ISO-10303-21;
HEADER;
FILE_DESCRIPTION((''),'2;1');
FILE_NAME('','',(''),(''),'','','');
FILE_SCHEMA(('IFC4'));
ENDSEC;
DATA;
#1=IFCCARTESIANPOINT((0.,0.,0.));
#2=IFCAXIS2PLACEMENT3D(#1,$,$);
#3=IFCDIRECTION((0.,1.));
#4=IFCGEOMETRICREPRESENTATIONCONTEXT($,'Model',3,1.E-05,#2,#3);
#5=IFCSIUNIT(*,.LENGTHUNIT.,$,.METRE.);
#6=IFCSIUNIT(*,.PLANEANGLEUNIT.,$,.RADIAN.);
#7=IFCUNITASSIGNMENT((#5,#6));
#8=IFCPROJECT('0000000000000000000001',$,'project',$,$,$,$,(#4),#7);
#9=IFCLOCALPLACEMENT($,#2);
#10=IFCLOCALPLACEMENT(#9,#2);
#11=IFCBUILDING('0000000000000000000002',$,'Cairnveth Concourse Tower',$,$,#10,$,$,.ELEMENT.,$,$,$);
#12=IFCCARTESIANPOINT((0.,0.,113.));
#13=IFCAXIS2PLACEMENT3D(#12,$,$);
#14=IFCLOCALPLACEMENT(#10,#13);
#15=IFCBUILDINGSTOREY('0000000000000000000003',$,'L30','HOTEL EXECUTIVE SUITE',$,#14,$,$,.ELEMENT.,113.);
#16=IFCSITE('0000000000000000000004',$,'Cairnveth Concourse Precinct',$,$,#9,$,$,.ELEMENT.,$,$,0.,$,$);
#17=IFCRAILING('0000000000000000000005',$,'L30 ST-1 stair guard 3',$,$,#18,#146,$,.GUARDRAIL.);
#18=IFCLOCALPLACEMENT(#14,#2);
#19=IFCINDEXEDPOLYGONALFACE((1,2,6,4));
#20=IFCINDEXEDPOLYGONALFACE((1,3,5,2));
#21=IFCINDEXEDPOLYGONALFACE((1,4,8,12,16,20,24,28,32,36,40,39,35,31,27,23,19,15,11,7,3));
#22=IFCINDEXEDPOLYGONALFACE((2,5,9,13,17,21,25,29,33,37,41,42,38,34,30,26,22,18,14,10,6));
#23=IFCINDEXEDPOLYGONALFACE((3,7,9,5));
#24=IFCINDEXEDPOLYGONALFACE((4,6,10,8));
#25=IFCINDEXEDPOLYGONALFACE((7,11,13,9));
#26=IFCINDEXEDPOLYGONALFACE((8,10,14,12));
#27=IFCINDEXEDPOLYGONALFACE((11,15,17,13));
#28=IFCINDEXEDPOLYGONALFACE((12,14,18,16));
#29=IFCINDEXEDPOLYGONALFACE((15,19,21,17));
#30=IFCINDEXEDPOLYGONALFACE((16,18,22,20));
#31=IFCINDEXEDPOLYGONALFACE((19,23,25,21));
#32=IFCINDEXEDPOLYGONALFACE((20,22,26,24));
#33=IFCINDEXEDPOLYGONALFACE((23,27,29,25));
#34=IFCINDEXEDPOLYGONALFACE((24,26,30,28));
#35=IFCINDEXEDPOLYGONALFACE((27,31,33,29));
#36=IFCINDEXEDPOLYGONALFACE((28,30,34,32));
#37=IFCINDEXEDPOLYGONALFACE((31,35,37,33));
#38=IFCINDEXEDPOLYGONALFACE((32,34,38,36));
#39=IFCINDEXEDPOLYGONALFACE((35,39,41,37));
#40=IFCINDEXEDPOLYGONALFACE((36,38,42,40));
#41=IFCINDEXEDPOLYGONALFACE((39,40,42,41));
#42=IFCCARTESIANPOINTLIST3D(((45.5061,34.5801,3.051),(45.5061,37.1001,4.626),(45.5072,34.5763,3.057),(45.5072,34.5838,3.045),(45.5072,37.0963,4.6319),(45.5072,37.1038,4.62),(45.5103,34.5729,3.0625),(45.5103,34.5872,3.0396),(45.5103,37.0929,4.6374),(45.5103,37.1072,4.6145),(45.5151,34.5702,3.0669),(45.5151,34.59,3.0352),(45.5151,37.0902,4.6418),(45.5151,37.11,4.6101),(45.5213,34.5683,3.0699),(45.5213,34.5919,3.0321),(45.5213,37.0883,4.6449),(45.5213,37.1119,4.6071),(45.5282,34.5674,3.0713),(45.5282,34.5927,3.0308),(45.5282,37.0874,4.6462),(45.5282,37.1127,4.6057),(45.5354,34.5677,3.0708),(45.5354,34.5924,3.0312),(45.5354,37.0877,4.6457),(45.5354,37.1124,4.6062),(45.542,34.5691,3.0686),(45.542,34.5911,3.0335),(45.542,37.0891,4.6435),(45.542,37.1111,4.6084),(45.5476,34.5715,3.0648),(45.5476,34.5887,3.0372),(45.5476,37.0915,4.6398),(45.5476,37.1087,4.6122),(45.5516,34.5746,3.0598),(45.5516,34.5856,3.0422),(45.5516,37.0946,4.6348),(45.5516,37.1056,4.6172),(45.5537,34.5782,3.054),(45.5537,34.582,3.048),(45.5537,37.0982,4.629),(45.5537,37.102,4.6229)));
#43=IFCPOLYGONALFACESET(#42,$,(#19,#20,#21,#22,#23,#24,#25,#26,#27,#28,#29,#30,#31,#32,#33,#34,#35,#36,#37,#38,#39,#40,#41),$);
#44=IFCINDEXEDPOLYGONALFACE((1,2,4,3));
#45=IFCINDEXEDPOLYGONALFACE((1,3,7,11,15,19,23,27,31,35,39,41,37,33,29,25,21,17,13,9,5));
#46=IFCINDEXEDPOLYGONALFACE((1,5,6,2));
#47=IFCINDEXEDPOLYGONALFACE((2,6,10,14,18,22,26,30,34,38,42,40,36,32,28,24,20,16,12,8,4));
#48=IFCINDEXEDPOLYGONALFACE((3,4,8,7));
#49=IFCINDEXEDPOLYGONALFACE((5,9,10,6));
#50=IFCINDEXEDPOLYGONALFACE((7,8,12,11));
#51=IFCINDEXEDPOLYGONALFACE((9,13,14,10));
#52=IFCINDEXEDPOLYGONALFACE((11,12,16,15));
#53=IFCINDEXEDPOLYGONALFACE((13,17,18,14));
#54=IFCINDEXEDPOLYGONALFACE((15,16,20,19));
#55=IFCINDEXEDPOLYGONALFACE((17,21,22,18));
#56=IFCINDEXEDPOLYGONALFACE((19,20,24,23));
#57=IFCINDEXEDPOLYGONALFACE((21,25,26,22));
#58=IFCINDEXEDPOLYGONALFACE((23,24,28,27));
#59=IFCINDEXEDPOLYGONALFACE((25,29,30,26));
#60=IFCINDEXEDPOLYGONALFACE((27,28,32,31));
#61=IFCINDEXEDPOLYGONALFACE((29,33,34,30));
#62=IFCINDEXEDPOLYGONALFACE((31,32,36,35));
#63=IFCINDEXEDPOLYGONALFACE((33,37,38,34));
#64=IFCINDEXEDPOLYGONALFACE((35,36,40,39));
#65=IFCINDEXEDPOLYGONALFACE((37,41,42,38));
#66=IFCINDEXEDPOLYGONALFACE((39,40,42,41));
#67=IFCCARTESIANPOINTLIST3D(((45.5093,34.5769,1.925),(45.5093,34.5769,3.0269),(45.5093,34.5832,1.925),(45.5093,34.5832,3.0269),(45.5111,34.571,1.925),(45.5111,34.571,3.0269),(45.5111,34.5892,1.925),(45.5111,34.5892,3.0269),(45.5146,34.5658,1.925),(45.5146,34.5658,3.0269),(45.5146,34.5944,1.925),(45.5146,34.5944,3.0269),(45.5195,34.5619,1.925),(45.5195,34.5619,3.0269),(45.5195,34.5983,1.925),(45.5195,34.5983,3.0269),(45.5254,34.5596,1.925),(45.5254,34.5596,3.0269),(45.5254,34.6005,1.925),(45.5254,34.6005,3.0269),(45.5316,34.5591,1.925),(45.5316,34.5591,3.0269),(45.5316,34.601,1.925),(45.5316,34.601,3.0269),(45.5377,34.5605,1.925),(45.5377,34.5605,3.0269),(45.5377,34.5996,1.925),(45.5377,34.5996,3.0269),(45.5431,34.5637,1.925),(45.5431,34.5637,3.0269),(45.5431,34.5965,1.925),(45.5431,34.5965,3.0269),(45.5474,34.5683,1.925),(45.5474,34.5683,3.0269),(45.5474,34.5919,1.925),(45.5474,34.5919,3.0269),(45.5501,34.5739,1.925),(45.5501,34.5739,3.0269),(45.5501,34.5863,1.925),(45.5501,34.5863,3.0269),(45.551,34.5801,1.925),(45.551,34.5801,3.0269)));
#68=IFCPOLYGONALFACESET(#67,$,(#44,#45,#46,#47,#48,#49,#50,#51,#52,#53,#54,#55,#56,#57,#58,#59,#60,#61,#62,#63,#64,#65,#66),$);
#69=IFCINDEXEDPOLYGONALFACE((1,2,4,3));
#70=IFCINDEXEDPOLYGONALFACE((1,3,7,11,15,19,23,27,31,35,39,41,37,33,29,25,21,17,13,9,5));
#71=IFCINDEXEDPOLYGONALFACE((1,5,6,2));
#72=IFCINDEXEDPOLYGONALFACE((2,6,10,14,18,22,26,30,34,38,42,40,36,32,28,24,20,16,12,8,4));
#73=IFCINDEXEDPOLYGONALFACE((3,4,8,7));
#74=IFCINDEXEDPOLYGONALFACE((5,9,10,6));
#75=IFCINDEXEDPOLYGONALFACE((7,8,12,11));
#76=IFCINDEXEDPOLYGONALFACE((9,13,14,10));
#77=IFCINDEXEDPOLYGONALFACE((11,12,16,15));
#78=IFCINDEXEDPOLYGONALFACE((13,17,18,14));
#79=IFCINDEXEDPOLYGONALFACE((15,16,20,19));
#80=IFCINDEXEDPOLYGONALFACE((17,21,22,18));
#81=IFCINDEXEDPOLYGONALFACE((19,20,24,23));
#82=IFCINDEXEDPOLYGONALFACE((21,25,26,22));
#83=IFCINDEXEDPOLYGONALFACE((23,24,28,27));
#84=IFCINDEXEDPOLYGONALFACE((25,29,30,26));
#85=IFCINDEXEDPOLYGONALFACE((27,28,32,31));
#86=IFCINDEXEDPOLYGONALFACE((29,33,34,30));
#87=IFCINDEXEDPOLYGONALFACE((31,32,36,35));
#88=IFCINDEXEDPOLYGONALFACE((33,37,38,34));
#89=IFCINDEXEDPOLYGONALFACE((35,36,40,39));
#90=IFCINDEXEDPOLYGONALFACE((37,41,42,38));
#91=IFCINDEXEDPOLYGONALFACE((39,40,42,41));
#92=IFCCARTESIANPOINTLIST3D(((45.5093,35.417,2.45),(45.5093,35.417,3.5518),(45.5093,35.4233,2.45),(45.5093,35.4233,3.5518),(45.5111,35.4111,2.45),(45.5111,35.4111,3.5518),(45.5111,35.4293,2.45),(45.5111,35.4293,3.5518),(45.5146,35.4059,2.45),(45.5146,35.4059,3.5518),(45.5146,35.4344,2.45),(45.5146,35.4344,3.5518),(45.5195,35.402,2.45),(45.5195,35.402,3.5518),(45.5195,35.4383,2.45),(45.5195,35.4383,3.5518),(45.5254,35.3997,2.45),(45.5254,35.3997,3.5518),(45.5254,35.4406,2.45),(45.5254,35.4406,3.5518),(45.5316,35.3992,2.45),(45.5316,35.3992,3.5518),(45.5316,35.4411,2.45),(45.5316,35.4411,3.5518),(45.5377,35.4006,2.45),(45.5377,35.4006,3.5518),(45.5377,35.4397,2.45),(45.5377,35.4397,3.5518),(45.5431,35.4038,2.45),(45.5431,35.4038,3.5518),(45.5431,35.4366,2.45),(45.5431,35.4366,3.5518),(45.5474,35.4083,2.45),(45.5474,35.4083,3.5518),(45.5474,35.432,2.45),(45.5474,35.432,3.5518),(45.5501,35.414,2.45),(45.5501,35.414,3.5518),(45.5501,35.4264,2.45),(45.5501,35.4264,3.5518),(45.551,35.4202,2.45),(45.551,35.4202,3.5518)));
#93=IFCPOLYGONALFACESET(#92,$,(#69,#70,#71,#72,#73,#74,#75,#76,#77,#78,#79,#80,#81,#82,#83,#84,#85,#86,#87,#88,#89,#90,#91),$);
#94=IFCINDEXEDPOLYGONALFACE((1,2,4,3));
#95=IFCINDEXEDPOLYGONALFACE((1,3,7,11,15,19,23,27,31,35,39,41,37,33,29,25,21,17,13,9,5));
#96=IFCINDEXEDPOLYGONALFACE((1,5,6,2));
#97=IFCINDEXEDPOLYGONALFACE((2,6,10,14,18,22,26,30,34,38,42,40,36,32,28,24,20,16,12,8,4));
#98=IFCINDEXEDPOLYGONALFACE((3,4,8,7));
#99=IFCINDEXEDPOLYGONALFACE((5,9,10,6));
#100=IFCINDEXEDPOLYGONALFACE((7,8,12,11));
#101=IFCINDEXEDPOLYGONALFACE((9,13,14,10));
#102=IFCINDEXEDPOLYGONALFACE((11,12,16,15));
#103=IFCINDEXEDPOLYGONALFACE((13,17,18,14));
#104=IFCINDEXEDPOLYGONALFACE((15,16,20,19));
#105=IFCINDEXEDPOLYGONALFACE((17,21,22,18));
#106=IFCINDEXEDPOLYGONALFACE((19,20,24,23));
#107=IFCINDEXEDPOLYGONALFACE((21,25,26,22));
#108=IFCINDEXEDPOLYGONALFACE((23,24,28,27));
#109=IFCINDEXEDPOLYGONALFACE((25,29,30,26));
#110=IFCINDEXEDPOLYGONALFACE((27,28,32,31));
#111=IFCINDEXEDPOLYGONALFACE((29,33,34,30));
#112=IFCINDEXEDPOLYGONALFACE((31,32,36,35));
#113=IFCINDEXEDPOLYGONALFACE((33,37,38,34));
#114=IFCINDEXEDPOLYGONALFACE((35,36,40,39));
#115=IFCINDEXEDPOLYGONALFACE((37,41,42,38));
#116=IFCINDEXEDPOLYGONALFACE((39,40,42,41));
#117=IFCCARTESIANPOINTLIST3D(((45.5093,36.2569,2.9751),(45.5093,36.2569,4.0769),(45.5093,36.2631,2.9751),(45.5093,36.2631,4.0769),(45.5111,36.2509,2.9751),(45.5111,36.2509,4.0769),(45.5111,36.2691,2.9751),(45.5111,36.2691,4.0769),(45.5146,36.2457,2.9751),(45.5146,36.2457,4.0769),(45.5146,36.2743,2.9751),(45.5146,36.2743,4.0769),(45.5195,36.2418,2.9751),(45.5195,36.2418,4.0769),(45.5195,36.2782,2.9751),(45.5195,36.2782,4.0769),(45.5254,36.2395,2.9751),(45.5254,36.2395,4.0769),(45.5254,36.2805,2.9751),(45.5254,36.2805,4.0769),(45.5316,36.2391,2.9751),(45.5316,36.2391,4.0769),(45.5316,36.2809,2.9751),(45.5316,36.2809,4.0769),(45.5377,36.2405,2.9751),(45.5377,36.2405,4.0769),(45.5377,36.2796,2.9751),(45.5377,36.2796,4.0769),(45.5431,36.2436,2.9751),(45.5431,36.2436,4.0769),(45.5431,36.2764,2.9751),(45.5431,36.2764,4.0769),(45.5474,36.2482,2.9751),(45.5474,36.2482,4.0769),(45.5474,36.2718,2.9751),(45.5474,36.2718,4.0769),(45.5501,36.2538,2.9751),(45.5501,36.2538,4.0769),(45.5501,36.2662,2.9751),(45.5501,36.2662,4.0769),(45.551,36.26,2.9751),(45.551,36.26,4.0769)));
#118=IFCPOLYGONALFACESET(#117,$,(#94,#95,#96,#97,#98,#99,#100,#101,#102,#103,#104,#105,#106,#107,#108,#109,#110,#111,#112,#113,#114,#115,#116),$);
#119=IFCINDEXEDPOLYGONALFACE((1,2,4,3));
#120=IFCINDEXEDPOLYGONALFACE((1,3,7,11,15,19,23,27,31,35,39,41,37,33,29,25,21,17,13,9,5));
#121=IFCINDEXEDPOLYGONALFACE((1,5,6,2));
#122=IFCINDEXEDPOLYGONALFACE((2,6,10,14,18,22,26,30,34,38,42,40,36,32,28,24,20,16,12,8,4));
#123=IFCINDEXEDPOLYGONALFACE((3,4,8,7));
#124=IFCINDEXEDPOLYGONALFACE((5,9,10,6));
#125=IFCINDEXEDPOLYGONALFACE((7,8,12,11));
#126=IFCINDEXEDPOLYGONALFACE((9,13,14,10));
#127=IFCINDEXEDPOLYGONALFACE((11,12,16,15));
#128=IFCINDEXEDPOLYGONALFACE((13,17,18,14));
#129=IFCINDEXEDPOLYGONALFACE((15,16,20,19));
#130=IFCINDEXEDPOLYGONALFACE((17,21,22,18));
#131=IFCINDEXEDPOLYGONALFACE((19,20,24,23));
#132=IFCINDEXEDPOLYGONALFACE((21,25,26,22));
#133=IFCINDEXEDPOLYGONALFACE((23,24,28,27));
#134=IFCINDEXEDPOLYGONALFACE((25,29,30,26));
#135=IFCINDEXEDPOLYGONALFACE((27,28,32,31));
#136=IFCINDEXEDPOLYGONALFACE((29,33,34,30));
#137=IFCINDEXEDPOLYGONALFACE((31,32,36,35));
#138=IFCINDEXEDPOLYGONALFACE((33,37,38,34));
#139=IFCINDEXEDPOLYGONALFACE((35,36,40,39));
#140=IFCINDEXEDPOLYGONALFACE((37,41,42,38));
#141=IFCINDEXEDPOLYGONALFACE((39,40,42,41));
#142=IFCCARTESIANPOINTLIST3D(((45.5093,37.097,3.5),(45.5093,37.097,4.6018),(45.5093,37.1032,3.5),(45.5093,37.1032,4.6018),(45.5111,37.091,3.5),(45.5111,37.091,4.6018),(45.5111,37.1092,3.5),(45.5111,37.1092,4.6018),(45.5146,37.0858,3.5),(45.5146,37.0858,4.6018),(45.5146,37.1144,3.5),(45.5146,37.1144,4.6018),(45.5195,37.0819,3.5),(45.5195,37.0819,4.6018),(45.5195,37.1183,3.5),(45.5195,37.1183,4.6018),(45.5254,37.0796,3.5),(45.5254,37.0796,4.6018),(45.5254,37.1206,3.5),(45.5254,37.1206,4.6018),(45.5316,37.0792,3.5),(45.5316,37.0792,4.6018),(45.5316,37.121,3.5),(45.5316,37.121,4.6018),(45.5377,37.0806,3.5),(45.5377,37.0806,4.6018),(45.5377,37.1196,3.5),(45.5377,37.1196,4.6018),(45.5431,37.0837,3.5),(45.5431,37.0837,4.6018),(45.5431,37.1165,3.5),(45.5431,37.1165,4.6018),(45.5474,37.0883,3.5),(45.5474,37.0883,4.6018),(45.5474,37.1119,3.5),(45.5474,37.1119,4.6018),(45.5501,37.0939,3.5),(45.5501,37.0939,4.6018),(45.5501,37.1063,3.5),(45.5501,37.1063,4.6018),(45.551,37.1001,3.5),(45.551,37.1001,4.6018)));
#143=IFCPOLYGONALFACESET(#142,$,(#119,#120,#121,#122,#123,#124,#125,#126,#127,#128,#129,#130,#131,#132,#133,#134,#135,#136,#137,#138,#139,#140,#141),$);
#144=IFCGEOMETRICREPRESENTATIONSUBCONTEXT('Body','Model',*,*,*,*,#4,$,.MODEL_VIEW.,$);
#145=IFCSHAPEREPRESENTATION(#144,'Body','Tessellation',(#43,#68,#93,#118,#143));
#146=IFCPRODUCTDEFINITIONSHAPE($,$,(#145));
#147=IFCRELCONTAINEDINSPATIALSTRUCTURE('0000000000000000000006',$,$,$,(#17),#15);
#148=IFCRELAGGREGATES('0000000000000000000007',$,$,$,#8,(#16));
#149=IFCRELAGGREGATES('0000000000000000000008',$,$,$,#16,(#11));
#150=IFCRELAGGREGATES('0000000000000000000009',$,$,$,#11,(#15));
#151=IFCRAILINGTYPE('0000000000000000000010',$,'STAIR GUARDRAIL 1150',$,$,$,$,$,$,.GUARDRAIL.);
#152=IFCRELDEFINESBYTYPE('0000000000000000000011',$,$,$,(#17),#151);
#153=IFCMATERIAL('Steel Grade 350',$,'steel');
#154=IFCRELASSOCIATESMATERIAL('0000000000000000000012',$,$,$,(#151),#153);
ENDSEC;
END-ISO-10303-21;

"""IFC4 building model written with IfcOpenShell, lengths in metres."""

from ifc_helpers import new_model, si_unit, direction, frame, origin, origin_2d, place, context, subcontext, project, spatial, circle, extrude, material, type_object, element, save


model = new_model("IFC4")

# Units and contexts
model_context = context("Model", 3, precision=1e-05, world=origin(), true_north=direction((0.0, 1.0)))
body_context = subcontext(model_context, "Body", "Model", "MODEL_VIEW")
ifc_project = project(units=[si_unit("LENGTHUNIT", "METRE"), si_unit("PLANEANGLEUNIT", "RADIAN")], contexts=[model_context])

# Site, building, storey
site_placement = place(None, origin())
site = spatial("IfcSite", under=ifc_project, at=site_placement, Name="Cairnveth Concourse Precinct", CompositionType="ELEMENT", RefElevation=0.0)
building_placement = place(site_placement, origin())
building = spatial("IfcBuilding", under=site, at=building_placement, Name="Cairnveth Concourse Tower", CompositionType="ELEMENT")
storey_placement = place(building_placement, frame((0.0, 0.0, 113.0)))
storey = spatial("IfcBuildingStorey", under=building, at=storey_placement, Name="L30", Description="HOTEL EXECUTIVE SUITE", CompositionType="ELEMENT", Elevation=113.0)

# Railing
ifc_material_1 = material(Name="Steel Grade 350", Category="steel")
railing_type_1 = type_object("IfcRailingType", Name="STAIR GUARDRAIL 1150", PredefinedType="GUARDRAIL", material=ifc_material_1)
railing_1_placement = place(storey_placement, frame((45.53, 34.5801, 1.925)))
element("IfcRailing", 1, at=railing_1_placement, inside=storey, type_object=railing_type_1, Name="L30 ST-1 stair guard 3", PredefinedType="GUARDRAIL", context=body_context, shape_type="SweptSolid", body=[
    extrude(circle(Radius=0.0239, at=origin_2d()), frame((0.0, 0.0, 1.126), z_axis=(0.0, 0.848008, 0.529984), x_axis=(-1.0, 0.0, 0.0)), (0.0, 0.0, 1.0), 2.9717),
    extrude(circle(Radius=0.021, at=origin_2d()), origin(), (0.0, 0.0, 1.0), 1.1018),
    extrude(circle(Radius=0.021, at=origin_2d()), frame((0.0, 0.8401, 0.5249)), (0.0, 0.0, 1.0), 1.1018),
    extrude(circle(Radius=0.021, at=origin_2d()), frame((0.0, 1.6799, 1.05)), (0.0, 0.0, 1.0), 1.1018),
    extrude(circle(Radius=0.021, at=origin_2d()), frame((0.0, 2.52, 1.575)), (0.0, 0.0, 1.0), 1.1018),
])

save(model, "model.ifc")
